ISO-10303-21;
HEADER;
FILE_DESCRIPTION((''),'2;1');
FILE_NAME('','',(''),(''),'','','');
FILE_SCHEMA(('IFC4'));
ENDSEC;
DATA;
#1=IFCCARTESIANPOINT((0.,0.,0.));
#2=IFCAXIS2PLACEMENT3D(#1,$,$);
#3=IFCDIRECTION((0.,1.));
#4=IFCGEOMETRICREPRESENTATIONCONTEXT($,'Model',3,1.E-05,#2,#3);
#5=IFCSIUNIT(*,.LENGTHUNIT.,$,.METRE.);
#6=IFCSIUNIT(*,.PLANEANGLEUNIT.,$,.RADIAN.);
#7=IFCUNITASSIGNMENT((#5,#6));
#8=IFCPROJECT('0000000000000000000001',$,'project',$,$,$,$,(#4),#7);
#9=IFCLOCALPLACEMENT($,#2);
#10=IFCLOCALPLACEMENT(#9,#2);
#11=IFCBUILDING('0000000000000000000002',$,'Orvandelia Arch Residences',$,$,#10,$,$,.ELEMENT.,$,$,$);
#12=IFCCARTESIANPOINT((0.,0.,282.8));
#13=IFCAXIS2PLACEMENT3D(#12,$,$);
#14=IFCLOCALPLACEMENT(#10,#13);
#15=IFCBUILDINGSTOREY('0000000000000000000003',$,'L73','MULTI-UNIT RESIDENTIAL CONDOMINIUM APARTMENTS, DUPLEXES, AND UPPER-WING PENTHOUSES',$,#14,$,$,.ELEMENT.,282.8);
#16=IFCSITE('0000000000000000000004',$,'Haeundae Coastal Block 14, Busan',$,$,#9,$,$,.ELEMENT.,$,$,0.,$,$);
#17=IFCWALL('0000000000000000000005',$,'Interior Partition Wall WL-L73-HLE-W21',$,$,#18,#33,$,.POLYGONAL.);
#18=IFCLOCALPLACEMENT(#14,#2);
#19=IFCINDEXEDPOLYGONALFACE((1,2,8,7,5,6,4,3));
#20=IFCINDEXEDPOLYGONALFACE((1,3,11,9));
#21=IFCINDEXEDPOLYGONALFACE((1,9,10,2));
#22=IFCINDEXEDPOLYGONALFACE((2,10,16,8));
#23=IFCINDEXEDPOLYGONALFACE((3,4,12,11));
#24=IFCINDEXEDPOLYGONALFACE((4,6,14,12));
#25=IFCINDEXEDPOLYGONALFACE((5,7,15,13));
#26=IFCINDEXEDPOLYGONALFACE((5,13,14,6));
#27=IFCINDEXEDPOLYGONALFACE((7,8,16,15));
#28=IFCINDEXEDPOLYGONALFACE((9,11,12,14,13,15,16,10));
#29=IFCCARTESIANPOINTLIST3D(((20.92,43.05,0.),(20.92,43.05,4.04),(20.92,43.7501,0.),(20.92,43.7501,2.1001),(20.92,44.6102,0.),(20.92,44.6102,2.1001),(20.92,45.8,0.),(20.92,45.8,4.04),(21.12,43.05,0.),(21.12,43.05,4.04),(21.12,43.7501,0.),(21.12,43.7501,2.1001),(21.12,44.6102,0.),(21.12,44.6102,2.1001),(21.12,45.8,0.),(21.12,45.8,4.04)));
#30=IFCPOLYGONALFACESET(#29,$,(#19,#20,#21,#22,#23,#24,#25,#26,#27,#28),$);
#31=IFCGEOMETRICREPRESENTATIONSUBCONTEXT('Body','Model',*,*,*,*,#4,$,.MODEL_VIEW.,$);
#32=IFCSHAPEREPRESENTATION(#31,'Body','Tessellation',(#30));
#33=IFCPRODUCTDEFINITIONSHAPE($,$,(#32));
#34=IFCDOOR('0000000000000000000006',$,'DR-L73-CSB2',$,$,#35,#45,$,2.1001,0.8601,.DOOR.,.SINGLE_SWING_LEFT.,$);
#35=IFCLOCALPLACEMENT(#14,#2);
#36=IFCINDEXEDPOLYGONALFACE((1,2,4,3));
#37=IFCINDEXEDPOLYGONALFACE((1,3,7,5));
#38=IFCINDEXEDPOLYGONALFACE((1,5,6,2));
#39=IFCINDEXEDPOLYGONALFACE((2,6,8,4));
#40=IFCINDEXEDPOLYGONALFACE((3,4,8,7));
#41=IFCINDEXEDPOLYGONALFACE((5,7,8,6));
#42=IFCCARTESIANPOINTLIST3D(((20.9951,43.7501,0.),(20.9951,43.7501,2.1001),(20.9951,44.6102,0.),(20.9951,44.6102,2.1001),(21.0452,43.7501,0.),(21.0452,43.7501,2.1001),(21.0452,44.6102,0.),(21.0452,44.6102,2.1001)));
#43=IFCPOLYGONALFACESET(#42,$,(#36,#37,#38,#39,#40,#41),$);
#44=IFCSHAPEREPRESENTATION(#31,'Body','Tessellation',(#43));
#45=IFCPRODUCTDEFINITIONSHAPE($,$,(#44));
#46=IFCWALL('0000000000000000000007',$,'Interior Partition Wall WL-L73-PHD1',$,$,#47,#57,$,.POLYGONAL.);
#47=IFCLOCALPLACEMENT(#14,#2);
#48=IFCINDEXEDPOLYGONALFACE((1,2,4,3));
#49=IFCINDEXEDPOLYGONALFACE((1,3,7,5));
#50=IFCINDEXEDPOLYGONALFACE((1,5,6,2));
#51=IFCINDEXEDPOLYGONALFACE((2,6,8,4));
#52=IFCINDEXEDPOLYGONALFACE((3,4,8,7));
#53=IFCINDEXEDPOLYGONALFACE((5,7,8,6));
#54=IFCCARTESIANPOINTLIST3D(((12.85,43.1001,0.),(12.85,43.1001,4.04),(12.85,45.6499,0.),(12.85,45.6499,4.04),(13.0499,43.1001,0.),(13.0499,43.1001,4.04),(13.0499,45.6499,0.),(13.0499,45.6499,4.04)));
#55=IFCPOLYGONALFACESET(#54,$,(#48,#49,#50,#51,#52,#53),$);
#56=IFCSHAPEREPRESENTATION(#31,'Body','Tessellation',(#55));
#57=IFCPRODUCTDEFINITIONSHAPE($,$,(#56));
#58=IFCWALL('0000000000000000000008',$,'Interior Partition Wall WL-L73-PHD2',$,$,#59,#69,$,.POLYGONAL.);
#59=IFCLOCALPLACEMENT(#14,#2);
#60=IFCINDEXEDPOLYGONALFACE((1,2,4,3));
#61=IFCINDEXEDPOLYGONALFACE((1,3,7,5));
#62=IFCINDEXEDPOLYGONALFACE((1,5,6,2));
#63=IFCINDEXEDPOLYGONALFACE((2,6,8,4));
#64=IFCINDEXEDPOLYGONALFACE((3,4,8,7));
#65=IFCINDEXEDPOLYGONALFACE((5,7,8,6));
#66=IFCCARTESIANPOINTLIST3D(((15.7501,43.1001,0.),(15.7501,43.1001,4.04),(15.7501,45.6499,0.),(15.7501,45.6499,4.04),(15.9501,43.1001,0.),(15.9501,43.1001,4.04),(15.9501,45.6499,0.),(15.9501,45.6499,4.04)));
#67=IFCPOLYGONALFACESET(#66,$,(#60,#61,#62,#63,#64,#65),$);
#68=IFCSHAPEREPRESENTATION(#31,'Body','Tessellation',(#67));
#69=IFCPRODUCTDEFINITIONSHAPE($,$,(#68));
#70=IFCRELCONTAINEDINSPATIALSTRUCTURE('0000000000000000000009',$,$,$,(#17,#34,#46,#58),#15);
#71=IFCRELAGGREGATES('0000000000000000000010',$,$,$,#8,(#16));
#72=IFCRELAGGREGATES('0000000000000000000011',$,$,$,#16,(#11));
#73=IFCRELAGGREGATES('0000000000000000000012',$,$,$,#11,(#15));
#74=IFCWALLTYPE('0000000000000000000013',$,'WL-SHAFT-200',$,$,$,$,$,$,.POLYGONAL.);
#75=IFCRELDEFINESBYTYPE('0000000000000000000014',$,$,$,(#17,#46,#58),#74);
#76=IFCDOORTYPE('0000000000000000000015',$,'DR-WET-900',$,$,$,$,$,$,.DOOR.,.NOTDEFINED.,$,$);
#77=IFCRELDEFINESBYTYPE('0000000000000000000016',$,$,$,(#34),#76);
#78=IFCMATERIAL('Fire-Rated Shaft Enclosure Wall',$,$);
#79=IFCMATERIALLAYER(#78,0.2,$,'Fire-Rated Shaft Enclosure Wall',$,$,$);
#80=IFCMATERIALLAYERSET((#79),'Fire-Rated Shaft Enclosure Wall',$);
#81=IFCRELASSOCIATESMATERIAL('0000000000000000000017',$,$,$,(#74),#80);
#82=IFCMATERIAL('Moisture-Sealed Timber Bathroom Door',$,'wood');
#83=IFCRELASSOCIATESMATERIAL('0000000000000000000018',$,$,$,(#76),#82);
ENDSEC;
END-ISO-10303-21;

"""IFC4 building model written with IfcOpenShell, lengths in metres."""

from ifc_helpers import new_model, si_unit, direction, frame, frame_2d, origin, place, context, subcontext, project, spatial, rectangle, extrude, material, layer, layer_set, type_object, element, fill, save


model = new_model("IFC4")

# Units and contexts
model_context = context("Model", 3, precision=1e-05, world=origin(), true_north=direction((0.0, 1.0)))
body_context = subcontext(model_context, "Body", "Model", "MODEL_VIEW")
ifc_project = project(units=[si_unit("LENGTHUNIT", "METRE"), si_unit("PLANEANGLEUNIT", "RADIAN")], contexts=[model_context])

# Site, building, storey
site_placement = place(None, origin())
site = spatial("IfcSite", under=ifc_project, at=site_placement, Name="Haeundae Coastal Block 14, Busan", CompositionType="ELEMENT", RefElevation=0.0)
building_placement = place(site_placement, origin())
building = spatial("IfcBuilding", under=site, at=building_placement, Name="Orvandelia Arch Residences", CompositionType="ELEMENT")
storey_placement = place(building_placement, frame((0.0, 0.0, 282.8)))
storey = spatial("IfcBuildingStorey", under=building, at=storey_placement, Name="L73", Description="MULTI-UNIT RESIDENTIAL CONDOMINIUM APARTMENTS, DUPLEXES, AND UPPER-WING PENTHOUSES", CompositionType="ELEMENT", Elevation=282.8)

# Shared definitions
ifc_material_1 = material(Name="Fire-Rated Shaft Enclosure Wall")
ifc_layer_1 = layer(ifc_material_1, 0.2, Name="Fire-Rated Shaft Enclosure Wall")
ifc_layer_set_1 = layer_set([ifc_layer_1], Name="Fire-Rated Shaft Enclosure Wall")
wall_type_1 = type_object("IfcWallType", Name="WL-SHAFT-200", PredefinedType="POLYGONAL", material=ifc_layer_set_1)

# Wall, opening, door
wall_1_placement = place(storey_placement, frame((21.02, 43.05, 0.0), z_axis=(0.0, 0.0, 1.0), x_axis=(0.0, 1.0, 0.0)))
wall_1 = element("IfcWall", 1, at=wall_1_placement, inside=storey, type_object=wall_type_1, Name="Interior Partition Wall WL-L73-HLE-W21", PredefinedType="POLYGONAL", context=body_context, shape_type="SweptSolid", body=[
    extrude(rectangle(XDim=2.75, YDim=0.2, at=frame_2d((1.375, 0.0))), origin(), (0.0, 0.0, 1.0), 4.04),
])
opening_1_placement = place(wall_1_placement, frame((0.7, 0.0, 0.0)))
opening_1 = element("IfcOpeningElement", 2, at=opening_1_placement, cuts=wall_1, PredefinedType="OPENING", context=body_context, shape_type="SweptSolid", body=[
    extrude(rectangle(XDim=0.8601, YDim=2.1001, at=frame_2d((0.4302, 1.05))), frame((0.0, 0.1099, 0.0), z_axis=(0.0, -1.0, 0.0), x_axis=(1.0, 0.0, 0.0)), (0.0, 0.0, 1.0), 0.22),
])
ifc_material_2 = material(Name="Moisture-Sealed Timber Bathroom Door", Category="wood")
door_type_1 = type_object("IfcDoorType", Name="DR-WET-900", OperationType="NOTDEFINED", PredefinedType="DOOR", material=ifc_material_2)
door_1_placement = place(opening_1_placement, origin())
door_1 = element("IfcDoor", 3, at=door_1_placement, inside=storey, type_object=door_type_1, Name="DR-L73-CSB2", OperationType="SINGLE_SWING_LEFT", OverallHeight=2.1001, OverallWidth=0.8601, PredefinedType="DOOR", context=body_context, shape_type="SweptSolid", body=[
    extrude(rectangle(XDim=0.8601, YDim=2.1001, at=frame_2d((0.4302, 1.05))), frame((0.0, 0.0249, 0.0), z_axis=(0.0, -1.0, 0.0), x_axis=(1.0, 0.0, 0.0)), (0.0, 0.0, 1.0), 0.05),
])
fill(opening_1, door_1)

# Walls
for number, where, z_axis, x_axis, name in (
    (4, (12.95, 43.1001, 0.0), (0.0, 0.0, 1.0), (0.0, 1.0, 0.0), "Interior Partition Wall WL-L73-PHD1"),
    (5, (15.8501, 43.1001, 0.0), (0.0, 0.0, 1.0), (0.0, 1.0, 0.0), "Interior Partition Wall WL-L73-PHD2"),
):
    element("IfcWall", number, at=place(storey_placement, frame(where, z_axis=z_axis, x_axis=x_axis)), inside=storey, type_object=wall_type_1, Name=name, PredefinedType="POLYGONAL", context=body_context, shape_type="SweptSolid", body=[
        extrude(rectangle(XDim=2.5498, YDim=0.2, at=frame_2d((1.2749, 0.0))), origin(), (0.0, 0.0, 1.0), 4.04),
    ])

save(model, "model.ifc")
